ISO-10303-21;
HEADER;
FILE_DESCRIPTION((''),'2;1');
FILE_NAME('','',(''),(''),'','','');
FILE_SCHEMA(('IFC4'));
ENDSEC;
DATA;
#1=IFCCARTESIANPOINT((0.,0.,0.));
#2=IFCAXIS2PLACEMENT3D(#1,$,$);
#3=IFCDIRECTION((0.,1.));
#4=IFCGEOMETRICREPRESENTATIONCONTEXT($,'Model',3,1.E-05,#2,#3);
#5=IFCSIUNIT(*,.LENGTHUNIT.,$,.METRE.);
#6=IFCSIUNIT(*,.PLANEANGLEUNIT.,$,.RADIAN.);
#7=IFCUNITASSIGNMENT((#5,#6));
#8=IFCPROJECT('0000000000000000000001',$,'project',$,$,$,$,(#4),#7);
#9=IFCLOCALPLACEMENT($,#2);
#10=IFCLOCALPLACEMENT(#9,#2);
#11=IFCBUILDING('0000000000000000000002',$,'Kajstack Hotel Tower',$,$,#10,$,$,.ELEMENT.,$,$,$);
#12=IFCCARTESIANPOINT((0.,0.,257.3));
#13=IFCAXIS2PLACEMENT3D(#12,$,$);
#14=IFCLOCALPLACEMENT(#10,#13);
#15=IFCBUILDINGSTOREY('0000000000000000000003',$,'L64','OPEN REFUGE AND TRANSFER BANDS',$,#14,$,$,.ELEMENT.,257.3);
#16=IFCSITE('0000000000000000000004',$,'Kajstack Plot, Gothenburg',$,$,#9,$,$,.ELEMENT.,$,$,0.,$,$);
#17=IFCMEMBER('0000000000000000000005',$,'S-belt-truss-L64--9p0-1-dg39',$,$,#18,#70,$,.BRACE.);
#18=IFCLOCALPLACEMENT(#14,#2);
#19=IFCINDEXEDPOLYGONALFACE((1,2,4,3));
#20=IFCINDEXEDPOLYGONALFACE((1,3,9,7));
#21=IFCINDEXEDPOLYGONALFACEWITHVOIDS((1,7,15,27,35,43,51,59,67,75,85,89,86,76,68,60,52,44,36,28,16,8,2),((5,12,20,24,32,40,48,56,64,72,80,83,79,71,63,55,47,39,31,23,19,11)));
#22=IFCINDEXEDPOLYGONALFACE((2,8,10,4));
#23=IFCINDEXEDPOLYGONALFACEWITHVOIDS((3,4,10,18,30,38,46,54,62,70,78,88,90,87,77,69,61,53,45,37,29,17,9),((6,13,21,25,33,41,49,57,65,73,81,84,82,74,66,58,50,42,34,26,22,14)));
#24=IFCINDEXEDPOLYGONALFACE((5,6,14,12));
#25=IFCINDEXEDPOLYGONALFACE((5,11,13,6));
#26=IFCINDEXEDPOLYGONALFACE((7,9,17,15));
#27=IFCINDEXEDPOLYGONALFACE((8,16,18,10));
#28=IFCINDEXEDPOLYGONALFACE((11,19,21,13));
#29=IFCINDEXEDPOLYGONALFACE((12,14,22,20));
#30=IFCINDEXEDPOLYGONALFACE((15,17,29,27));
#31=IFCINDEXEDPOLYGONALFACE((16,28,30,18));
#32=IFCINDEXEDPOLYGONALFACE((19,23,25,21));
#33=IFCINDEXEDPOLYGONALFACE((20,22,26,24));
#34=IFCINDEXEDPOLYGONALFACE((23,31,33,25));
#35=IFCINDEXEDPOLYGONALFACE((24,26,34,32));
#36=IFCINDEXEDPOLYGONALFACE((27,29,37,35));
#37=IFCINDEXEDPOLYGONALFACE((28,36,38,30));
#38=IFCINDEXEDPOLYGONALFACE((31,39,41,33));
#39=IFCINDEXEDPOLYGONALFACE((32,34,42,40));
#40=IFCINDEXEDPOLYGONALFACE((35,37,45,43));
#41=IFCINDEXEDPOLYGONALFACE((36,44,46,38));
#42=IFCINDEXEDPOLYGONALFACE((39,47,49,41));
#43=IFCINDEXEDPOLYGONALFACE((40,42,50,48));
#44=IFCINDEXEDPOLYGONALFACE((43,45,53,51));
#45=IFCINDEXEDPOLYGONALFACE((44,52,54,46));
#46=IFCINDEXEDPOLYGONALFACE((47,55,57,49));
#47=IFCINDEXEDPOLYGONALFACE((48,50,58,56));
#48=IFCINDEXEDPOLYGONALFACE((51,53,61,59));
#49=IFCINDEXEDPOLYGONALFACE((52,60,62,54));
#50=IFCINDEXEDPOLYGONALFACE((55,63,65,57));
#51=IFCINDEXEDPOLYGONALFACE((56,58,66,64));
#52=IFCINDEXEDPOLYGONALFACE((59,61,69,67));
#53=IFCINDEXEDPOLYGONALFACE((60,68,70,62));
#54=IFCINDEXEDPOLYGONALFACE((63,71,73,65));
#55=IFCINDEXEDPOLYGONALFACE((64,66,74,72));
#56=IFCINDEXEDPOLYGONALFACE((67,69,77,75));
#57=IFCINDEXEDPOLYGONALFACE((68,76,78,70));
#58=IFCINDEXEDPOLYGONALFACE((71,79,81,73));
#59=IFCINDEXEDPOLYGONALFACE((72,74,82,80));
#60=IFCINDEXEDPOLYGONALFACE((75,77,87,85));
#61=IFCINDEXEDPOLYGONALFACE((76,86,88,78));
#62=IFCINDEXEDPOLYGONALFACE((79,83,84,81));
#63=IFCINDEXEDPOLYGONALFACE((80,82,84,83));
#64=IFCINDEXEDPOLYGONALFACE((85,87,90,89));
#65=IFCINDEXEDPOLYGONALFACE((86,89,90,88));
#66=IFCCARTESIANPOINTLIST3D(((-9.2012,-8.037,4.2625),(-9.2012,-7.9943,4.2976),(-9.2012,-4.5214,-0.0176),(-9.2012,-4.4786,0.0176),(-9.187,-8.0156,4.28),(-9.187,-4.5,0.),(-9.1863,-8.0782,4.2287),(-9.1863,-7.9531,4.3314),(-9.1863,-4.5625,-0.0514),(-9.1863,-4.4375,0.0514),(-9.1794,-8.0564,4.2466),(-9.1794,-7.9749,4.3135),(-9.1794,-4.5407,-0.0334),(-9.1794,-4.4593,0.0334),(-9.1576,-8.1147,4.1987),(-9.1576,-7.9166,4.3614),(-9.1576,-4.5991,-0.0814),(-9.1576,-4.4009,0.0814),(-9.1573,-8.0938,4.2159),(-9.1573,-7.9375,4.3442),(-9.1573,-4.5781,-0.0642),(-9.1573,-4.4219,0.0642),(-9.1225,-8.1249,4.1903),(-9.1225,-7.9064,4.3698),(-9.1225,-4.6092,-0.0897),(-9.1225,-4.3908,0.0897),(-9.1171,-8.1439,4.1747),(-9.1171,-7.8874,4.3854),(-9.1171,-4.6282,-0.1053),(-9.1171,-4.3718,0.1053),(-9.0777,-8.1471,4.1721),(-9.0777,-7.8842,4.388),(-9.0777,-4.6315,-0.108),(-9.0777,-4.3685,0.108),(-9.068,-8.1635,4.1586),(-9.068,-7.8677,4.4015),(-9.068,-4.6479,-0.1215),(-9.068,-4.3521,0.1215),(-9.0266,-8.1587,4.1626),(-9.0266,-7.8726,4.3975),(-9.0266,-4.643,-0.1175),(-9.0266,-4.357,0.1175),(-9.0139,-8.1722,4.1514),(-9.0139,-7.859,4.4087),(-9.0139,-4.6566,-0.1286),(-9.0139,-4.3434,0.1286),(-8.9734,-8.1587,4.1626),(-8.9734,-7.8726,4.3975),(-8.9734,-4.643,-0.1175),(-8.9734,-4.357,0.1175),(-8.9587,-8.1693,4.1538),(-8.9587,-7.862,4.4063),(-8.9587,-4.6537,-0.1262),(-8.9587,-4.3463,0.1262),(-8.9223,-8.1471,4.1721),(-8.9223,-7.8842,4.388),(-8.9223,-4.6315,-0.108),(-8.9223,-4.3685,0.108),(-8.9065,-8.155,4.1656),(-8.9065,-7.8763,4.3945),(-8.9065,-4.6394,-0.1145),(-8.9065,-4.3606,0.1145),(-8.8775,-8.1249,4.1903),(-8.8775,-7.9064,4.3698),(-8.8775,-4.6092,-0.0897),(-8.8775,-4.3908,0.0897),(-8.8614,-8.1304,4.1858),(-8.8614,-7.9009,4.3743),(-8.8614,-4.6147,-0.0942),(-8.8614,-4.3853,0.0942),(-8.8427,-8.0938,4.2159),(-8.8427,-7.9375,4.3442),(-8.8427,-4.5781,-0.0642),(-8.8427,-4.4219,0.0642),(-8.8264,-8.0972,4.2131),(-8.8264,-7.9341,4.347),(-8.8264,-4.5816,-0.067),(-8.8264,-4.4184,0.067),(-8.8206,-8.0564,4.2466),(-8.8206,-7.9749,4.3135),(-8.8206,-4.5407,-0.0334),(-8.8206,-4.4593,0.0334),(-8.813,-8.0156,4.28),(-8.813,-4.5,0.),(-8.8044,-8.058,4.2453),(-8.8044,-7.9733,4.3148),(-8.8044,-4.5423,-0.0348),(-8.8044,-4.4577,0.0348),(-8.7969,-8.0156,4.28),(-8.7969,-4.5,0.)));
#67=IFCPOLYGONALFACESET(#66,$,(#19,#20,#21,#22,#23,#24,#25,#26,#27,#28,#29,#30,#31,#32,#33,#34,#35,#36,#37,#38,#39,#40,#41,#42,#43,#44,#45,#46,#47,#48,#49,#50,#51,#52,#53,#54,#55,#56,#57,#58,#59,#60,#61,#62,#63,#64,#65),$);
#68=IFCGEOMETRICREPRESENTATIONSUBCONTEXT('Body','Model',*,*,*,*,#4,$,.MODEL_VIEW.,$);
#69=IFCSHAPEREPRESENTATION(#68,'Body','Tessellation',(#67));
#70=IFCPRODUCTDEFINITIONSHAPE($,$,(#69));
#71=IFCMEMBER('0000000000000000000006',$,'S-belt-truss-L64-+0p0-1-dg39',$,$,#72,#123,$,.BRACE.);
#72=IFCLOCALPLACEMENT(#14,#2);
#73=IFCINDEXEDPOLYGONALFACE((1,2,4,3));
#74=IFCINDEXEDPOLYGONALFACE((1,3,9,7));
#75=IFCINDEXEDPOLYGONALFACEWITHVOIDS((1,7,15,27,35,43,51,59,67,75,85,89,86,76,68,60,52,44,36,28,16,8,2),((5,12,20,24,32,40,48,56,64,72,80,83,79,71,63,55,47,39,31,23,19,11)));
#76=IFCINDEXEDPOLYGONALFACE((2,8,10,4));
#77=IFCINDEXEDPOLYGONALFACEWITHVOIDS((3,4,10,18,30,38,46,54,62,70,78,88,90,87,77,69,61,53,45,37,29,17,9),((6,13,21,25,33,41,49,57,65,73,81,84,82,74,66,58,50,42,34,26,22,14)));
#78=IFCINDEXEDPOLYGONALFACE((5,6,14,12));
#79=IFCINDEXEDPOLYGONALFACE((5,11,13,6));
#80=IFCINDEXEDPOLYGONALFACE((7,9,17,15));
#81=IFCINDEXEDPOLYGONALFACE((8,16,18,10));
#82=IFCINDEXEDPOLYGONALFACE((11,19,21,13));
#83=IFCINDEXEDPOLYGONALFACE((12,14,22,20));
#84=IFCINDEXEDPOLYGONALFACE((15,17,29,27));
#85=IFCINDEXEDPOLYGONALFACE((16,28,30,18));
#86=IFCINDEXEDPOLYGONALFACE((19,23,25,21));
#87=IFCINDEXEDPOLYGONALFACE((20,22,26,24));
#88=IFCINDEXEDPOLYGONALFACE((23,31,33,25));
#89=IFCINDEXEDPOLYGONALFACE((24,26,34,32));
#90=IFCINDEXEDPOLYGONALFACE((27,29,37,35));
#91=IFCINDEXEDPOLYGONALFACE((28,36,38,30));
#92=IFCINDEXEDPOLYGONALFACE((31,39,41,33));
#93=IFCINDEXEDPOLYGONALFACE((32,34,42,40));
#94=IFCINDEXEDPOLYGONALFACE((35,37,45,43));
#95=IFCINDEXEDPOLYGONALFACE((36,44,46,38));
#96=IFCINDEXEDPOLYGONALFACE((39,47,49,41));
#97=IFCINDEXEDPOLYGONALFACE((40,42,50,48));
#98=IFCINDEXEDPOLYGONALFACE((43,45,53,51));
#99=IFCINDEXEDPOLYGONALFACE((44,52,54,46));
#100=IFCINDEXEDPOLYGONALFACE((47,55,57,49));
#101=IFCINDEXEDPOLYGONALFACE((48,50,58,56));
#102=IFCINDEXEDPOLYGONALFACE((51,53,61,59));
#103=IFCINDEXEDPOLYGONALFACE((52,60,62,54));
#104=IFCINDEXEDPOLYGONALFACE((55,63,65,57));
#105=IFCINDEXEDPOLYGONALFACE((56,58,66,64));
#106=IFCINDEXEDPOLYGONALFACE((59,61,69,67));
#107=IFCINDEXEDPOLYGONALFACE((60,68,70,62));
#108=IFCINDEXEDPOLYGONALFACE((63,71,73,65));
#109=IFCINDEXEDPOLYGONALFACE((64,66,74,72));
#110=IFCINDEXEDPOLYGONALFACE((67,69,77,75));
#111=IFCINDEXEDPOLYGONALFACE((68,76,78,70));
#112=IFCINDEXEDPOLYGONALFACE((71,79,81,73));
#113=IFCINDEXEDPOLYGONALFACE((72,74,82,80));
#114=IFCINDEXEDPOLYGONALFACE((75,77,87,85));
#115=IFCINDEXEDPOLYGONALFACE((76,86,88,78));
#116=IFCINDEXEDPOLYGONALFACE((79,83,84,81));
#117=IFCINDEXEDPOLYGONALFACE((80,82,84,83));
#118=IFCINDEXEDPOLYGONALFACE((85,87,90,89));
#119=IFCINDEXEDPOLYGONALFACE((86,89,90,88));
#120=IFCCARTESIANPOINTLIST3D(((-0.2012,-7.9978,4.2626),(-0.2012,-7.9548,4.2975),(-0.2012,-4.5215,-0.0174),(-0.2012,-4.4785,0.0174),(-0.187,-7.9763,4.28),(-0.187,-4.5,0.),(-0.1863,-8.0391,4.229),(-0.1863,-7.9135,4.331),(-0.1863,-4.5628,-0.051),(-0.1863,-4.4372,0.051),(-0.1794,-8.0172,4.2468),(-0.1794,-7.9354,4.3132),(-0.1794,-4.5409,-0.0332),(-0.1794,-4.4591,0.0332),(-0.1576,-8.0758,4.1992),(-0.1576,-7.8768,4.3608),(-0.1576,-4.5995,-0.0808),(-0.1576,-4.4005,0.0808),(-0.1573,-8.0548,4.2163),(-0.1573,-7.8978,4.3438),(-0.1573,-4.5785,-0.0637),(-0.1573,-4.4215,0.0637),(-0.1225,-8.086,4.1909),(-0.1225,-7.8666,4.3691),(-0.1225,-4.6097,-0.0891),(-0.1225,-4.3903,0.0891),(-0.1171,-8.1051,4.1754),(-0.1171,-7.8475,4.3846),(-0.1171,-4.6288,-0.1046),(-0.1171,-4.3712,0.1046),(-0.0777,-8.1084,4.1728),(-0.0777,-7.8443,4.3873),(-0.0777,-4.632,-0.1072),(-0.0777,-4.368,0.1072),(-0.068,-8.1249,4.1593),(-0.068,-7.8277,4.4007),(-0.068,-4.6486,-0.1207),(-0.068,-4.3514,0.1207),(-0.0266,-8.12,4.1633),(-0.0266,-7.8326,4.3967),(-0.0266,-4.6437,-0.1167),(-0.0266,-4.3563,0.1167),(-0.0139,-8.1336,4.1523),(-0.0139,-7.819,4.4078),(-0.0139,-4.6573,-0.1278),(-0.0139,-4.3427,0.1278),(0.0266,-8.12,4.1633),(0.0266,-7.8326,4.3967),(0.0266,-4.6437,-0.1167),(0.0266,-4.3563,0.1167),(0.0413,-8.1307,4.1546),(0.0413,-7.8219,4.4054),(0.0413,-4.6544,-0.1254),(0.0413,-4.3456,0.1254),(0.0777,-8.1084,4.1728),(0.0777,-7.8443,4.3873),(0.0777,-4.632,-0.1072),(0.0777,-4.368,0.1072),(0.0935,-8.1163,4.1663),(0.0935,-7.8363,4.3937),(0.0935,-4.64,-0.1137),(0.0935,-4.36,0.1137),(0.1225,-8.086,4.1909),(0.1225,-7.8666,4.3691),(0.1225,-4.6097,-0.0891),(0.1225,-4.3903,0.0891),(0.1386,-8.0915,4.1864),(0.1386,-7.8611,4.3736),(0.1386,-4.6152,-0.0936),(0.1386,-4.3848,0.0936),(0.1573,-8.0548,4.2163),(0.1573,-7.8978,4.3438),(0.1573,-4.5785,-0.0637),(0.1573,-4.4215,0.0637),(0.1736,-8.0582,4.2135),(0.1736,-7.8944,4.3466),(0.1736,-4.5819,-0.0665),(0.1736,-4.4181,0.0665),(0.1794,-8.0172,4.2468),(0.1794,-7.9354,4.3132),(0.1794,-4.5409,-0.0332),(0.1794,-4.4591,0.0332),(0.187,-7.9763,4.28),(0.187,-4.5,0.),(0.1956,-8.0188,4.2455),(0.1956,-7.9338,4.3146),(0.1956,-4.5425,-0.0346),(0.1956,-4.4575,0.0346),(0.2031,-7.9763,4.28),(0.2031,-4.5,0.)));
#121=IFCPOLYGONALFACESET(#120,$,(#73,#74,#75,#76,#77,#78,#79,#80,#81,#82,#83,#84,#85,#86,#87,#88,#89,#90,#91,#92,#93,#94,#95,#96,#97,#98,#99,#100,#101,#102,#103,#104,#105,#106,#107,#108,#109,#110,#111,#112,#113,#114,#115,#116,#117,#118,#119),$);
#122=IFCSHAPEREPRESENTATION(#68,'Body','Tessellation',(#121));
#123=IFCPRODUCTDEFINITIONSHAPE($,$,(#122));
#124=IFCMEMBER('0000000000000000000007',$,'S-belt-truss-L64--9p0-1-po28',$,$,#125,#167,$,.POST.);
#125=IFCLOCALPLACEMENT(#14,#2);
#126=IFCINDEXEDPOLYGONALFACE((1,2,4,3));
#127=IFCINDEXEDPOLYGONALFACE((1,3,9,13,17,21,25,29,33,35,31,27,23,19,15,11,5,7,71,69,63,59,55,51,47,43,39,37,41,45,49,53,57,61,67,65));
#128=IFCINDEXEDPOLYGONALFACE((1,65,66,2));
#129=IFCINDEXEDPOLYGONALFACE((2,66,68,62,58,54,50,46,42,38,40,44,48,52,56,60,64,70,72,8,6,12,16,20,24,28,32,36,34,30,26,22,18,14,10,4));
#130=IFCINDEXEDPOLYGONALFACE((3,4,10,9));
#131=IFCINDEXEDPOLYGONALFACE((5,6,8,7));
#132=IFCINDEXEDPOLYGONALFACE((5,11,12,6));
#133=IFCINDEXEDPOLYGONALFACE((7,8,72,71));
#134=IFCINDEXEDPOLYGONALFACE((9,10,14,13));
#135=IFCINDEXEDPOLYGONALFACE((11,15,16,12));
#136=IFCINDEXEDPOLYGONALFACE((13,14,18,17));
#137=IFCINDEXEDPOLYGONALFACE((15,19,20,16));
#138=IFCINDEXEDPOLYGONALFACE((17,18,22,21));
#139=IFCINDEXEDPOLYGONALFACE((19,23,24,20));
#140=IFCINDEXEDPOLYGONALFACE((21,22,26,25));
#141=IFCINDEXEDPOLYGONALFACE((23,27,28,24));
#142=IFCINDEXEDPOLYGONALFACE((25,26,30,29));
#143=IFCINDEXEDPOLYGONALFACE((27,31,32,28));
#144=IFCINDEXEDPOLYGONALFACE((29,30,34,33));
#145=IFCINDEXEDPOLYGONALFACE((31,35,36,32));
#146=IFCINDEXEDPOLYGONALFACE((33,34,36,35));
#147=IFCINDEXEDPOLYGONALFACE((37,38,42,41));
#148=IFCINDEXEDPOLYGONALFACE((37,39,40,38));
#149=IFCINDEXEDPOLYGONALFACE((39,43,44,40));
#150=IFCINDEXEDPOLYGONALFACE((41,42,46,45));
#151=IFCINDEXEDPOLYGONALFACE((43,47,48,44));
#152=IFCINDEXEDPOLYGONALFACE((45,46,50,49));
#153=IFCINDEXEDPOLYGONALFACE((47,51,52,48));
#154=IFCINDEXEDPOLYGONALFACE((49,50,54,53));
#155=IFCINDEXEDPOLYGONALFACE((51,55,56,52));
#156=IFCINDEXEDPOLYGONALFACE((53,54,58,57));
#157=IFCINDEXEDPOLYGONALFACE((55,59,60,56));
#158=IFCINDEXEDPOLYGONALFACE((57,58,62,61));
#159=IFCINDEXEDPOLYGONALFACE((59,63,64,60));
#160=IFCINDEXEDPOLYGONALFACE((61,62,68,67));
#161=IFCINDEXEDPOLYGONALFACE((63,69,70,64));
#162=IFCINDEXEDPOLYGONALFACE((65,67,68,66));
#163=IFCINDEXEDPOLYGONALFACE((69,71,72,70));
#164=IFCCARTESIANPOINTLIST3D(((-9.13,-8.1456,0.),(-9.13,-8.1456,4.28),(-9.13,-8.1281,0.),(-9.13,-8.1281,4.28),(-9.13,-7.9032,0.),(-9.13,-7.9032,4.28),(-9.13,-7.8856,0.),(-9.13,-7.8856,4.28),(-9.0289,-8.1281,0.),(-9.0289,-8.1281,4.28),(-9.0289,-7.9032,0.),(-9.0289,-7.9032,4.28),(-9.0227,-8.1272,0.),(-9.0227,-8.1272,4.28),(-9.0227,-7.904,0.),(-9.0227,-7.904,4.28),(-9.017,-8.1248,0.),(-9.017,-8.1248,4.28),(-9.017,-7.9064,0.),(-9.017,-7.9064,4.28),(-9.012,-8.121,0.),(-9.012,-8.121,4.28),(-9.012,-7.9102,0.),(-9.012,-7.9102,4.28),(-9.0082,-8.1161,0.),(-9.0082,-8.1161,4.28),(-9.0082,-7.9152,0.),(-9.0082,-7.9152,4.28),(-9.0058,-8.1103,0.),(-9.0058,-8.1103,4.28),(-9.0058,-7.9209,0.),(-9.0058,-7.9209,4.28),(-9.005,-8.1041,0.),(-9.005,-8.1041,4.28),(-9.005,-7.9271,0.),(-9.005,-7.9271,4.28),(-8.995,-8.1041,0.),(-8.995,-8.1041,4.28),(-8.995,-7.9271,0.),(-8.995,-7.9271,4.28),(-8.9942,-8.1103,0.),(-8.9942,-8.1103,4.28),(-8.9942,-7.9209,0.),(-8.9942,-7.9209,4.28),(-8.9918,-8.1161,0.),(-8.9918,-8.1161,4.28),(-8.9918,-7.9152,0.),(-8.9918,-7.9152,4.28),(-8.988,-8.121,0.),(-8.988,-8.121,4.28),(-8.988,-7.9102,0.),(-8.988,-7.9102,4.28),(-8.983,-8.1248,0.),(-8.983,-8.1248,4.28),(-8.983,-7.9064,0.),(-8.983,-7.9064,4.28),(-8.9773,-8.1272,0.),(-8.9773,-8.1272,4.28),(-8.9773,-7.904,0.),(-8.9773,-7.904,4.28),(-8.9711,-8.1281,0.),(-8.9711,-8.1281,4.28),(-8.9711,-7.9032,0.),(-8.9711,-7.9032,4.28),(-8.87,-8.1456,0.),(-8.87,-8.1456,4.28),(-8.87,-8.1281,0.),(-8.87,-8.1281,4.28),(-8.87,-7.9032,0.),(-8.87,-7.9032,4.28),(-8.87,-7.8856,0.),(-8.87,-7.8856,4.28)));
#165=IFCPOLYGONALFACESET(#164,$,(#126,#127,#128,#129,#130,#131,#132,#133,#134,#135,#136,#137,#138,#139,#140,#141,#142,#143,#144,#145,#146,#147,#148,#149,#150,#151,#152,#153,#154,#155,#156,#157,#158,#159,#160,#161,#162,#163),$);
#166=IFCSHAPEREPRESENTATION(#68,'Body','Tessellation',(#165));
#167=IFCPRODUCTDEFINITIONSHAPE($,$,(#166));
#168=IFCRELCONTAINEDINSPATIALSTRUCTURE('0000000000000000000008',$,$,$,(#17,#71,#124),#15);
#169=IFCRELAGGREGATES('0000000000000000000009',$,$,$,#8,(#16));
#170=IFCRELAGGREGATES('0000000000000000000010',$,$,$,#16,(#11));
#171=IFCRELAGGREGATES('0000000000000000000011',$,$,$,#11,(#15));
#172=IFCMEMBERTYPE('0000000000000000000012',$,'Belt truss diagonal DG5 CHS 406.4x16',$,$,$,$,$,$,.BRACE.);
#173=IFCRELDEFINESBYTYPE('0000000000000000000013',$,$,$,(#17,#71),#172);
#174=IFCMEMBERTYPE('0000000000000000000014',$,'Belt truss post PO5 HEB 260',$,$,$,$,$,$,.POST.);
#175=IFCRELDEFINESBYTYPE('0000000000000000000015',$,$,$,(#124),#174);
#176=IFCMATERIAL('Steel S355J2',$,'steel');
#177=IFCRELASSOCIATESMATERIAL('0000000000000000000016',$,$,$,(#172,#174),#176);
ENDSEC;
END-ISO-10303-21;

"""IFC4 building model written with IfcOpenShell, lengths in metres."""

from ifc_helpers import new_model, si_unit, direction, frame, origin, origin_2d, place, context, subcontext, project, spatial, hollow_circle, i_section, extrude, material, material_profile, profile_set, type_object, element, save


model = new_model("IFC4")

# Units and contexts
model_context = context("Model", 3, precision=1e-05, world=origin(), true_north=direction((0.0, 1.0)))
body_context = subcontext(model_context, "Body", "Model", "MODEL_VIEW")
ifc_project = project(units=[si_unit("LENGTHUNIT", "METRE"), si_unit("PLANEANGLEUNIT", "RADIAN")], contexts=[model_context])

# Site, building, storey
site_placement = place(None, origin())
site = spatial("IfcSite", under=ifc_project, at=site_placement, Name="Kajstack Plot, Gothenburg", CompositionType="ELEMENT", RefElevation=0.0)
building_placement = place(site_placement, origin())
building = spatial("IfcBuilding", under=site, at=building_placement, Name="Kajstack Hotel Tower", CompositionType="ELEMENT")
storey_placement = place(building_placement, frame((0.0, 0.0, 257.3)))
storey = spatial("IfcBuildingStorey", under=building, at=storey_placement, Name="L64", Description="OPEN REFUGE AND TRANSFER BANDS", CompositionType="ELEMENT", Elevation=257.3)

# Members
ifc_material_1 = material(Name="Steel S355J2", Category="steel")
ifc_material_profile_1 = material_profile(ifc_material_1, hollow_circle(Radius=0.2031, WallThickness=0.0161, at=origin_2d()), Name="CHS 406.4x16")
ifc_profile_set_1 = profile_set([ifc_material_profile_1], Name="Steel S355J2")
member_type_1 = type_object("IfcMemberType", Name="Belt truss diagonal DG5 CHS 406.4x16", PredefinedType="BRACE", material=ifc_profile_set_1)
member_1_placement = place(storey_placement, frame((-9.0, -4.5, 0.0), z_axis=(0.0, -0.634727, 0.772736), x_axis=(1.0, 0.0, 0.0)))
element("IfcMember", 1, at=member_1_placement, inside=storey, type_object=member_type_1, Name="S-belt-truss-L64--9p0-1-dg39", PredefinedType="BRACE", context=body_context, shape_type="SweptSolid", body=[
    extrude(hollow_circle(Radius=0.2031, WallThickness=0.0161, at=origin_2d()), origin(), (0.0, 0.0, 1.0), 5.5388),
])
member_2_placement = place(storey_placement, frame((0.0, -4.5, 0.0), z_axis=(0.0, -0.630461, 0.776221), x_axis=(1.0, 0.0, 0.0)))
element("IfcMember", 2, at=member_2_placement, inside=storey, type_object=member_type_1, Name="S-belt-truss-L64-+0p0-1-dg39", PredefinedType="BRACE", context=body_context, shape_type="SweptSolid", body=[
    extrude(hollow_circle(Radius=0.2031, WallThickness=0.0161, at=origin_2d()), origin(), (0.0, 0.0, 1.0), 5.5139),
])
ifc_material_profile_2 = material_profile(ifc_material_1, i_section(OverallWidth=0.26, OverallDepth=0.26, WebThickness=0.01, FlangeThickness=0.0176, FilletRadius=0.0239, at=origin_2d()), Name="HEB 260")
ifc_profile_set_2 = profile_set([ifc_material_profile_2], Name="Steel S355J2")
member_type_2 = type_object("IfcMemberType", Name="Belt truss post PO5 HEB 260", PredefinedType="POST", material=ifc_profile_set_2)
for number, where, z_axis, x_axis, name in (
    (3, (-9.0, -8.0156, 0.0), (0.0, 0.0, 1.0), (1.0, 0.0, 0.0), "S-belt-truss-L64--9p0-1-po28"),
):
    element("IfcMember", number, at=place(storey_placement, frame(where, z_axis=z_axis, x_axis=x_axis)), inside=storey, type_object=member_type_2, Name=name, PredefinedType="POST", context=body_context, shape_type="SweptSolid", body=[
        extrude(i_section(OverallWidth=0.26, OverallDepth=0.26, WebThickness=0.01, FlangeThickness=0.0176, FilletRadius=0.0239, at=origin_2d()), origin(), (0.0, 0.0, 1.0), 4.28),
    ])

save(model, "model.ifc")
